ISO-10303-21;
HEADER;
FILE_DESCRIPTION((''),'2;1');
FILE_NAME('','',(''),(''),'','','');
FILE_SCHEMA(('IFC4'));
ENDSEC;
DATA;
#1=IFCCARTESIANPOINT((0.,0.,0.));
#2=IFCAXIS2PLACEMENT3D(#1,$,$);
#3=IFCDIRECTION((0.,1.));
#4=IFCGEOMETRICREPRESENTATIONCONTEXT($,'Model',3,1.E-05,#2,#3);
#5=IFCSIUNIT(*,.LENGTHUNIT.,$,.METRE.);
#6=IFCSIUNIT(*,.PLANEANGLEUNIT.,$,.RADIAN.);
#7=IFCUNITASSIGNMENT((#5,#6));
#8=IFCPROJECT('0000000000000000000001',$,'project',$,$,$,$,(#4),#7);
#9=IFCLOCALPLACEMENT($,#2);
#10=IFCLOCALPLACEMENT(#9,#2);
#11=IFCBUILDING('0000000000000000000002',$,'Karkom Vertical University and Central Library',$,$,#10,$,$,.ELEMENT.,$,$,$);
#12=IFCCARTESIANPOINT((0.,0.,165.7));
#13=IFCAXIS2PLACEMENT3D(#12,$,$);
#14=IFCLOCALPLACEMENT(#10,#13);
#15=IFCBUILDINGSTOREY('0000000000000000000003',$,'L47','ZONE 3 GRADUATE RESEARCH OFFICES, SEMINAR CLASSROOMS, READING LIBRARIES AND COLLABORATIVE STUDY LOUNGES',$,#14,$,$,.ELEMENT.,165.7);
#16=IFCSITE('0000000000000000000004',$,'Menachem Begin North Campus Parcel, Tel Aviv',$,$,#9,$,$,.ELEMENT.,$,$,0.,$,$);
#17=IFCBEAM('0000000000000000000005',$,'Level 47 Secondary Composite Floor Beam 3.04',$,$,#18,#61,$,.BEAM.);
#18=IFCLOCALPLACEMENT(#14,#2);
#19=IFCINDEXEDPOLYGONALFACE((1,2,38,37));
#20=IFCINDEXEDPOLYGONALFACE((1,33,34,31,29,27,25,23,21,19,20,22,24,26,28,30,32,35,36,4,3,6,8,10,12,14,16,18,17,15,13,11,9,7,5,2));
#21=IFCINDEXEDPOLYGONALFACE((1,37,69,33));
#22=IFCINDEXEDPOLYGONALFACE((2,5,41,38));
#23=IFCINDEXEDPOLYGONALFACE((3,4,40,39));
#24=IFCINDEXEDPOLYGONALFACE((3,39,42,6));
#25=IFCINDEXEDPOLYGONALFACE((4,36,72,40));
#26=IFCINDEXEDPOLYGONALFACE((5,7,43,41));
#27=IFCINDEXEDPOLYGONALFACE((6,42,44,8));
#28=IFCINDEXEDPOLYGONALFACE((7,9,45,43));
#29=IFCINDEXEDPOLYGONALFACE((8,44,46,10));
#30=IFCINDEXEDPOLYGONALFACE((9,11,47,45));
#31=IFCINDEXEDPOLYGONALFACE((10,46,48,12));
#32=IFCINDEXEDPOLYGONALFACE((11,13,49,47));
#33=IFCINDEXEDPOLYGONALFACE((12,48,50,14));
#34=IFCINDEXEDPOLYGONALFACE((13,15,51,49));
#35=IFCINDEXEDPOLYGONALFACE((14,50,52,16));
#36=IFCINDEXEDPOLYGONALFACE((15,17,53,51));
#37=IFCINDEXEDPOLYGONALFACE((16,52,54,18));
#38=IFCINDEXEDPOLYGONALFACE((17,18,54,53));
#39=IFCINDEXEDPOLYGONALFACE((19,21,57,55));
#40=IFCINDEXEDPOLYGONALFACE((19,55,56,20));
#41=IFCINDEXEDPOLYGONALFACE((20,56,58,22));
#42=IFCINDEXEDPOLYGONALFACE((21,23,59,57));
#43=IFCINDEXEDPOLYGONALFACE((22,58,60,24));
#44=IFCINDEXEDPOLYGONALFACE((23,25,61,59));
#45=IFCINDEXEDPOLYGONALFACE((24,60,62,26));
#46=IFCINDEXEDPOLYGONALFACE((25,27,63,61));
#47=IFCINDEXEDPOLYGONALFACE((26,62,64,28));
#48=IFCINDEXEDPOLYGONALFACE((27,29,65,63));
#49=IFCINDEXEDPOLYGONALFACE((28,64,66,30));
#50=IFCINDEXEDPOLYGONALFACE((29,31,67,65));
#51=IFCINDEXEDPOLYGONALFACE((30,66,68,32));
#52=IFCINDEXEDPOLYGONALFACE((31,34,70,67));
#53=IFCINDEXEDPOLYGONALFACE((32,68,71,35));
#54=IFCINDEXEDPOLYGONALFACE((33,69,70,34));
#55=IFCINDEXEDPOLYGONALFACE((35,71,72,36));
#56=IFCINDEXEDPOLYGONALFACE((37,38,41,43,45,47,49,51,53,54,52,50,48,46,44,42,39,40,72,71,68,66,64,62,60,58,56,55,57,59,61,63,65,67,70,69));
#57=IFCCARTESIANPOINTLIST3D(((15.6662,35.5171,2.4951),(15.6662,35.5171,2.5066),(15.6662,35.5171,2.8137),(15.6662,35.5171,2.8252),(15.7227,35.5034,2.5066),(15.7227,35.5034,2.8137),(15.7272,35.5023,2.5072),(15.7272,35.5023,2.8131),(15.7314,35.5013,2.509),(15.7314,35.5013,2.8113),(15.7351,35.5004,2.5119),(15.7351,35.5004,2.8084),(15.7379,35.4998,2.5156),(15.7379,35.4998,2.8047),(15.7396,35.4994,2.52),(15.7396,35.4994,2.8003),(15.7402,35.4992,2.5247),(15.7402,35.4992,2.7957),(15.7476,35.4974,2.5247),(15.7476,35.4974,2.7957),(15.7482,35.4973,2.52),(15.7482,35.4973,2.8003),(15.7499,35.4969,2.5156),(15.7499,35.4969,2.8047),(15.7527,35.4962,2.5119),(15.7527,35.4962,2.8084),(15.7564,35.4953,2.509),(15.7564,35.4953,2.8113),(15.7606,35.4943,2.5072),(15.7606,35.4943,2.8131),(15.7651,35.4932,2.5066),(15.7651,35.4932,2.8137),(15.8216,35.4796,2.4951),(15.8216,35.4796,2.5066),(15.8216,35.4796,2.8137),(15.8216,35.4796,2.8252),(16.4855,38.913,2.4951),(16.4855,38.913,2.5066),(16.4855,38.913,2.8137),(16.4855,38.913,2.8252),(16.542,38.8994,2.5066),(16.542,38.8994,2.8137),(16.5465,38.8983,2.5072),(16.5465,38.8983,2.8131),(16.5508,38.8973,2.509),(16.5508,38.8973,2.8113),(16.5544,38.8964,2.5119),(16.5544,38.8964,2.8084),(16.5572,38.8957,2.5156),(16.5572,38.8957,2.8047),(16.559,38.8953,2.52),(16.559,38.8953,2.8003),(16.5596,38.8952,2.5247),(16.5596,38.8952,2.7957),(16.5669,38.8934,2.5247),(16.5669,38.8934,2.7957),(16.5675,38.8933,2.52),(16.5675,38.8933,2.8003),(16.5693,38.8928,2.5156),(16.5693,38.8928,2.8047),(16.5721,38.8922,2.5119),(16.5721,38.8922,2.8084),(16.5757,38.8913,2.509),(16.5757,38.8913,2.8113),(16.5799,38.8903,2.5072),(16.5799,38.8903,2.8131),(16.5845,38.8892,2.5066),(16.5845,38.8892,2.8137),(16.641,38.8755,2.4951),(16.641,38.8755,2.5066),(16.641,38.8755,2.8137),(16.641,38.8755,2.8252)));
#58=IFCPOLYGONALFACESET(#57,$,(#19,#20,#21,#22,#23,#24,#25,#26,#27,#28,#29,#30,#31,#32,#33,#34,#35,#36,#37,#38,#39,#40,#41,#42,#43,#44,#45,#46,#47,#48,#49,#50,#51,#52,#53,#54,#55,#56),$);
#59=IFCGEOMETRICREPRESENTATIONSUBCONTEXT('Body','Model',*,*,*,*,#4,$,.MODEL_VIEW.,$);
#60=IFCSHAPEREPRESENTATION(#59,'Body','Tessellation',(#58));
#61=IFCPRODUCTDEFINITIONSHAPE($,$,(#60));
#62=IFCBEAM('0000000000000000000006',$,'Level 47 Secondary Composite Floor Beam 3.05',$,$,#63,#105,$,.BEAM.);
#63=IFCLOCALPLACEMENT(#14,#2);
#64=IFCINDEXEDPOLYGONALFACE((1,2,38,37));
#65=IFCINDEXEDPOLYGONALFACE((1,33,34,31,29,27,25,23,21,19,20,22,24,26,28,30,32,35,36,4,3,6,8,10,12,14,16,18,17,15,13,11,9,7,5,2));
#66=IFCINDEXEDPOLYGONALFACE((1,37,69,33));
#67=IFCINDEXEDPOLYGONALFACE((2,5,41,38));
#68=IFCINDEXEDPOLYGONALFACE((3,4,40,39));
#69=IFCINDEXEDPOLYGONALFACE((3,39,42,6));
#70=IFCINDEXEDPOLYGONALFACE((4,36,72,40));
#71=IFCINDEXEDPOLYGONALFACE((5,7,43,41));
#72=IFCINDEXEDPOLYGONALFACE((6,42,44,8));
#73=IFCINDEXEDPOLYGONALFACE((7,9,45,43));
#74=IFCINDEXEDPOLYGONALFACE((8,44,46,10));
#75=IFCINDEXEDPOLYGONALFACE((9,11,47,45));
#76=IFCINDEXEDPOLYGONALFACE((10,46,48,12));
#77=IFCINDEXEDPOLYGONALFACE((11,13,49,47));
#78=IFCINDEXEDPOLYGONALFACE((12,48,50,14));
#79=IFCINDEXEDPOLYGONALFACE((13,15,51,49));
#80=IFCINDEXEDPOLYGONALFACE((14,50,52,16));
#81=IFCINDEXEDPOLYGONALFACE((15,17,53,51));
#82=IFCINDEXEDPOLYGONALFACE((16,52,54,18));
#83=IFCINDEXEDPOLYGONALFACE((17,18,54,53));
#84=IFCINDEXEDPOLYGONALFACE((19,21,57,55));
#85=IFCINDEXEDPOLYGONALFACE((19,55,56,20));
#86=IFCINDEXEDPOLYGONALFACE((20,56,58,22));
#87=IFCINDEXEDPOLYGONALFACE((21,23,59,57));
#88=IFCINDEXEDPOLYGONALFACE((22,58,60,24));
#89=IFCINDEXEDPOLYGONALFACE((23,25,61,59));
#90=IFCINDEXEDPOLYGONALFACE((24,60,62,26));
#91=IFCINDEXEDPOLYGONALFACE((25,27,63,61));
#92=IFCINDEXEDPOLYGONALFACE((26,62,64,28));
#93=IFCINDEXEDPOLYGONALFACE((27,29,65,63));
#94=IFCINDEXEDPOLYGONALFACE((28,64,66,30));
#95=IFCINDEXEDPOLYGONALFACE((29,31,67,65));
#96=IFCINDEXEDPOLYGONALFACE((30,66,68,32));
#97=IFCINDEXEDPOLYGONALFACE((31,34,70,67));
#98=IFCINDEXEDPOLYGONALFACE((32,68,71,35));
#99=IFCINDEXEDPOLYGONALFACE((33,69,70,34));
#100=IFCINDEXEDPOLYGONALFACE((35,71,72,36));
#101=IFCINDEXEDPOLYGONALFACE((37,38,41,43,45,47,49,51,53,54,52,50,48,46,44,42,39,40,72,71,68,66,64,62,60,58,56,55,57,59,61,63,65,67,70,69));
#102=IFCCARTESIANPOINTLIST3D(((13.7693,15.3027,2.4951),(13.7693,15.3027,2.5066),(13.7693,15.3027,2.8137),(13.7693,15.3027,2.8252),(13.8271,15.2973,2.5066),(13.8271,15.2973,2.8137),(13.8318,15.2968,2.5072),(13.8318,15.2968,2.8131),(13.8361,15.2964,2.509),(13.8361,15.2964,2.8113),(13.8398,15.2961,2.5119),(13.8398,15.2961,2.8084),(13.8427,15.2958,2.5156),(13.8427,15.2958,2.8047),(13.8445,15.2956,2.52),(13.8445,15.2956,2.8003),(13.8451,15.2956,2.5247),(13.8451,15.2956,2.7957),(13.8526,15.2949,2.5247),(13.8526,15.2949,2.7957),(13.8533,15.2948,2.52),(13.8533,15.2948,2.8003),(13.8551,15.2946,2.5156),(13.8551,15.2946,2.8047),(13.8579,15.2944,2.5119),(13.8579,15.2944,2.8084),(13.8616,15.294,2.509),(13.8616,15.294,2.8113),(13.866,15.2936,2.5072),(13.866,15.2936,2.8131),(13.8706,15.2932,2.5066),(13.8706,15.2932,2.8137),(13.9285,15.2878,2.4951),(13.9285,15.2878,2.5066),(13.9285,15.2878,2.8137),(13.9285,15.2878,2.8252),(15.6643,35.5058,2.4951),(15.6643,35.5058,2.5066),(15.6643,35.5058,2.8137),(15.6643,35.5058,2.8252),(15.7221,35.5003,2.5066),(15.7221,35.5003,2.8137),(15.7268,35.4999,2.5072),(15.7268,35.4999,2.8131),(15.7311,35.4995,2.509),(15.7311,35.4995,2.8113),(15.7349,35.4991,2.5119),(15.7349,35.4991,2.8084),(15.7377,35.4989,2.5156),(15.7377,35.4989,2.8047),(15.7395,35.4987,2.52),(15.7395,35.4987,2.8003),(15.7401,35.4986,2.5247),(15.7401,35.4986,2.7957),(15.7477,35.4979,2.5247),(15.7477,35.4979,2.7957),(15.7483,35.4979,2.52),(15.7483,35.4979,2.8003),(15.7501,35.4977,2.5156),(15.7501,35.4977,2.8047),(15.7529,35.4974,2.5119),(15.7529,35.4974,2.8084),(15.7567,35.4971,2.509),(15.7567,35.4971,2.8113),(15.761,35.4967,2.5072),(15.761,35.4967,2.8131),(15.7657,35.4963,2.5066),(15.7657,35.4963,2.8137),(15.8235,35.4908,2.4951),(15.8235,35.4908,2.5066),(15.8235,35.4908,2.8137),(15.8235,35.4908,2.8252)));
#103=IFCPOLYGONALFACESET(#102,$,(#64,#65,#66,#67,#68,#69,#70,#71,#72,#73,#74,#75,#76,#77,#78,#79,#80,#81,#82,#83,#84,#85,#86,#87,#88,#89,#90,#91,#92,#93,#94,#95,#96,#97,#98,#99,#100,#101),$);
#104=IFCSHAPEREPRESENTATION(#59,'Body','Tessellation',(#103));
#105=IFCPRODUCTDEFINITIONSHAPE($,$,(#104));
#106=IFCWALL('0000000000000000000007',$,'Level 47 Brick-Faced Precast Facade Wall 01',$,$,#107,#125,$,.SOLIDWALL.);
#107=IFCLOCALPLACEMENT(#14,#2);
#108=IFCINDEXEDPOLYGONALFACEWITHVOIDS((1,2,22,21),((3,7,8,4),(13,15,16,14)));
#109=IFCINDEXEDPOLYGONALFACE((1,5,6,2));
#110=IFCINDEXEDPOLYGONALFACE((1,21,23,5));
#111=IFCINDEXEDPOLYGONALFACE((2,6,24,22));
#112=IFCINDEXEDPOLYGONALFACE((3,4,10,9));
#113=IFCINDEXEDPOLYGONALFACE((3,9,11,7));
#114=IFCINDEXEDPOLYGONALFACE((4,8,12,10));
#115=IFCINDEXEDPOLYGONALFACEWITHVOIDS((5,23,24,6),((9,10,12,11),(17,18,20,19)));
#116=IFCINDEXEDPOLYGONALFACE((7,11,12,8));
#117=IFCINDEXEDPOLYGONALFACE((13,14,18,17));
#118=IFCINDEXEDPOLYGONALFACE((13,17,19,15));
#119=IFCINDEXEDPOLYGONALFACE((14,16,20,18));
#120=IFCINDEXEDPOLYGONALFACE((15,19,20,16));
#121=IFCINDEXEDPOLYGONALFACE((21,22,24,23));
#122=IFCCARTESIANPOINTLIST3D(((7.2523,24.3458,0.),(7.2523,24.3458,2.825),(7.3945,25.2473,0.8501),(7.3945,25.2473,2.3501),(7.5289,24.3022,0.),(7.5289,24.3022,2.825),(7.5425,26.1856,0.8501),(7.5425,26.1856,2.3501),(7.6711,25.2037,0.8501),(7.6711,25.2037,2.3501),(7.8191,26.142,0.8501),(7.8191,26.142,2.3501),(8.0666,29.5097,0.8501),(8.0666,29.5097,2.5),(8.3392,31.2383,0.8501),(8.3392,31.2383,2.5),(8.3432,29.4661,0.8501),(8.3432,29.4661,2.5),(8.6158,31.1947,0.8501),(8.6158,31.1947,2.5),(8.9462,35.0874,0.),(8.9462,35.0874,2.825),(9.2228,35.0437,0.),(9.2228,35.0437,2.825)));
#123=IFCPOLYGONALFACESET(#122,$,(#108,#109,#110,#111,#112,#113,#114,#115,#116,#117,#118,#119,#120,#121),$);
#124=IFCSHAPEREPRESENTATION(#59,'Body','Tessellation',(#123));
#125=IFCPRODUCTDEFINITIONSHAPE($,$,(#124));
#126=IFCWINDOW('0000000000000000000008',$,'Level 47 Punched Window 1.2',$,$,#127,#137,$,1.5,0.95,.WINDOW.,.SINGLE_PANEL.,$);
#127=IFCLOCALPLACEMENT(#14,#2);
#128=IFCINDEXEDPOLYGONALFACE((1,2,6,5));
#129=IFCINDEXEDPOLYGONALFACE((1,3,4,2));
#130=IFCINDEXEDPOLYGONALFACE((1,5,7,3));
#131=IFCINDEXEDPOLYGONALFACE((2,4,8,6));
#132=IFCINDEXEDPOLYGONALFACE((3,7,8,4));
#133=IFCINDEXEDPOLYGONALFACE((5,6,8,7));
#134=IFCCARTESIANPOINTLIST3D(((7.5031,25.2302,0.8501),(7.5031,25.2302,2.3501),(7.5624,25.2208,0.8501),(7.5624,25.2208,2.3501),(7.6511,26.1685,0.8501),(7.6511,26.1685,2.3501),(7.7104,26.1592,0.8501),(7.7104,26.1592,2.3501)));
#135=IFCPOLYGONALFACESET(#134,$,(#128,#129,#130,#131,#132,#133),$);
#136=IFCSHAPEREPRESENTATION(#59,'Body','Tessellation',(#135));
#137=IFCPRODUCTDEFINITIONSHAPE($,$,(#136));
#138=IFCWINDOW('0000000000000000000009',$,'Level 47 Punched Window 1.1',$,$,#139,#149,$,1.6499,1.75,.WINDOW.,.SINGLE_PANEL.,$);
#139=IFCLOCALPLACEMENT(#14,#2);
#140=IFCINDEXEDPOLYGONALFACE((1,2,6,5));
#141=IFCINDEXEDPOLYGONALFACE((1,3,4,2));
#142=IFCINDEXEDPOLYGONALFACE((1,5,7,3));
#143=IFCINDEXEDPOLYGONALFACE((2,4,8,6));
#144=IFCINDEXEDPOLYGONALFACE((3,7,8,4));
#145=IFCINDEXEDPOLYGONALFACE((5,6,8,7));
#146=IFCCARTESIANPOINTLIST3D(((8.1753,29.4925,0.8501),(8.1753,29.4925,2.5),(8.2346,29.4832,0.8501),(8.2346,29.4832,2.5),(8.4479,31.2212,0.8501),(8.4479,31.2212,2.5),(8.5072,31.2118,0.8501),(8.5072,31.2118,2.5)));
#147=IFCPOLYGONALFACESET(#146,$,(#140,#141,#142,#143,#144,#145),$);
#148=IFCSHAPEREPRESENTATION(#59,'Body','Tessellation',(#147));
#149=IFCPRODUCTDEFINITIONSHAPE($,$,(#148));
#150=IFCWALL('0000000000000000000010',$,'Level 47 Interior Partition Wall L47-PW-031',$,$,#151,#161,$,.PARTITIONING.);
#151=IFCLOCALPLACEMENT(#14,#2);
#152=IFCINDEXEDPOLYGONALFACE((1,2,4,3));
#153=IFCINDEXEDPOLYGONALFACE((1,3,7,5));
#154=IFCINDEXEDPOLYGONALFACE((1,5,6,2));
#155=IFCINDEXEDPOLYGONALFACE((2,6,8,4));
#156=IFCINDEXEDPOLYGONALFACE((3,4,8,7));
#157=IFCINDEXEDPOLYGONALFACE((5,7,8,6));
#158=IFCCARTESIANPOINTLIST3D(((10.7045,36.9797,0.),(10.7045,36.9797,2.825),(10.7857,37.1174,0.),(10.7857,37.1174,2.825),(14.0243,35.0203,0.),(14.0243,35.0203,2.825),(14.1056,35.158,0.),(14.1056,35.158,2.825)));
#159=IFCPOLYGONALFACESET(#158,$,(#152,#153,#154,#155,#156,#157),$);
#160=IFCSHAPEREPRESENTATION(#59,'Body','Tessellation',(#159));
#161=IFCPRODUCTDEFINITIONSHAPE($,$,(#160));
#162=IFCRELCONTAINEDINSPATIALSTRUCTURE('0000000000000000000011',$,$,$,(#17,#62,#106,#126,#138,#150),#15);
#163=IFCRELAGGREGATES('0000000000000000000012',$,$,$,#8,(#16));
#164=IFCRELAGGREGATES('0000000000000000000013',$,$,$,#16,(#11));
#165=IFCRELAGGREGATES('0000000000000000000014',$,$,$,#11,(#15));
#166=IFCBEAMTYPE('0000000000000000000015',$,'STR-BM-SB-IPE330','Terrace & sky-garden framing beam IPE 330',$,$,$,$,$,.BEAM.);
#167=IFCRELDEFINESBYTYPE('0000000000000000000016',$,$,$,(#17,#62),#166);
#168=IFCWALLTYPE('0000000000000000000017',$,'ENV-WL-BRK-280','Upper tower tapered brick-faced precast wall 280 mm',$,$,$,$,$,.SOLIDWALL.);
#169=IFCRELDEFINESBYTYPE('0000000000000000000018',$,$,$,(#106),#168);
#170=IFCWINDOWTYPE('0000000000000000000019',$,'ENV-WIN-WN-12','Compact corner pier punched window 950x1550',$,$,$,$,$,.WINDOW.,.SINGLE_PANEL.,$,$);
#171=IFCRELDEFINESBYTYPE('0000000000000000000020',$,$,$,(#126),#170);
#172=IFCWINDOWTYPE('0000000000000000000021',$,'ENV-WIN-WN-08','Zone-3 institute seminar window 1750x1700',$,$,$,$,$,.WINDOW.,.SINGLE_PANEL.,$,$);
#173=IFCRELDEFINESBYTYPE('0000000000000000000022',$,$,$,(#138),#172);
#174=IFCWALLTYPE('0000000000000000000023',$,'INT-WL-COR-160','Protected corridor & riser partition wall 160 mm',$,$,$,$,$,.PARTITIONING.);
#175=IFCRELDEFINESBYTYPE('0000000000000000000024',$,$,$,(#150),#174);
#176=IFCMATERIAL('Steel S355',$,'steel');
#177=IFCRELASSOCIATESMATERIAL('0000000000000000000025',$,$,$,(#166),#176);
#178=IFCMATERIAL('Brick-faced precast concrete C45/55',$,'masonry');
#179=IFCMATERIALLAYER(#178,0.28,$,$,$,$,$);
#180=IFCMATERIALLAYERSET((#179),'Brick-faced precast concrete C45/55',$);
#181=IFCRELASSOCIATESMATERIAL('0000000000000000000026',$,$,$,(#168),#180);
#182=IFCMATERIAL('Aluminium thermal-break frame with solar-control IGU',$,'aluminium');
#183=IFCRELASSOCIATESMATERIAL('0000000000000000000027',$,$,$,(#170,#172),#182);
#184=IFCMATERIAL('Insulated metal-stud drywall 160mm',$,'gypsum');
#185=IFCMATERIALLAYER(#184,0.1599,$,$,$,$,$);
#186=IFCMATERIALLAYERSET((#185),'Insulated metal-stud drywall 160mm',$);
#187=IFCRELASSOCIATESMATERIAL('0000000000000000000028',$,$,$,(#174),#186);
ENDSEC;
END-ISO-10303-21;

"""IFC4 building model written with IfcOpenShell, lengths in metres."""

from ifc_helpers import new_model, si_unit, direction, frame, frame_2d, origin, origin_with_axes, origin_2d, place, context, subcontext, project, spatial, rectangle, i_section, extrude, source, transform, mapped, material, layer, layer_set, material_profile, profile_set, type_object, element, fill, save


model = new_model("IFC4")

# Units and contexts
model_context = context("Model", 3, precision=1e-05, world=origin(), true_north=direction((0.0, 1.0)))
body_context = subcontext(model_context, "Body", "Model", "MODEL_VIEW")
ifc_project = project(units=[si_unit("LENGTHUNIT", "METRE"), si_unit("PLANEANGLEUNIT", "RADIAN")], contexts=[model_context])

# Site, building, storey
site_placement = place(None, origin())
site = spatial("IfcSite", under=ifc_project, at=site_placement, Name="Menachem Begin North Campus Parcel, Tel Aviv", CompositionType="ELEMENT", RefElevation=0.0)
building_placement = place(site_placement, origin())
building = spatial("IfcBuilding", under=site, at=building_placement, Name="Karkom Vertical University and Central Library", CompositionType="ELEMENT")
storey_placement = place(building_placement, frame((0.0, 0.0, 165.7)))
storey = spatial("IfcBuildingStorey", under=building, at=storey_placement, Name="L47", Description="ZONE 3 GRADUATE RESEARCH OFFICES, SEMINAR CLASSROOMS, READING LIBRARIES AND COLLABORATIVE STUDY LOUNGES", CompositionType="ELEMENT", Elevation=165.7)

# Beams
ifc_material_1 = material(Name="Steel S355", Category="steel")
ifc_material_profile_1 = material_profile(ifc_material_1, i_section(OverallWidth=0.1599, OverallDepth=0.3301, WebThickness=0.0076, FlangeThickness=0.0115, FilletRadius=0.0181, at=origin_2d()), Name="IPE 330")
ifc_profile_set_1 = profile_set([ifc_material_profile_1], Name="Steel S355")
beam_type_1 = type_object("IfcBeamType", Name="STR-BM-SB-IPE330", Description="Terrace & sky-garden framing beam IPE 330", PredefinedType="BEAM", material=ifc_profile_set_1)
shared_shape_1 = source(origin_with_axes(), body_context, "Body", "SweptSolid", [
    extrude(i_section(OverallWidth=0.1599, OverallDepth=0.3301, WebThickness=0.0076, FlangeThickness=0.0115, FilletRadius=0.0181, at=origin_2d()), origin(), (0.0, 0.0, 1.0), 3.4934),
])
beam_1_placement = place(storey_placement, frame((16.5632, 38.8943, 2.6602), z_axis=(-0.234536, -0.972107, 0.0), x_axis=(0.972107, -0.234536, 0.0)))
element("IfcBeam", 1, at=beam_1_placement, inside=storey, type_object=beam_type_1, Name="Level 47 Secondary Composite Floor Beam 3.04", PredefinedType="BEAM", context=body_context, shape_type="MappedRepresentation", body=[
    mapped(shared_shape_1, transform((0.0, 0.0, 0.0), scale=1.0)),
])
shared_shape_2 = source(origin_with_axes(), body_context, "Body", "SweptSolid", [
    extrude(i_section(OverallWidth=0.1599, OverallDepth=0.3301, WebThickness=0.0076, FlangeThickness=0.0115, FilletRadius=0.0181, at=origin_2d()), origin(), (0.0, 0.0, 1.0), 20.2917),
])
beam_2_placement = place(storey_placement, frame((15.7439, 35.4983, 2.6602), z_axis=(-0.093388, -0.99563, 0.0), x_axis=(0.99563, -0.093388, 0.0)))
element("IfcBeam", 2, at=beam_2_placement, inside=storey, type_object=beam_type_1, Name="Level 47 Secondary Composite Floor Beam 3.05", PredefinedType="BEAM", context=body_context, shape_type="MappedRepresentation", body=[
    mapped(shared_shape_2, transform((0.0, 0.0, 0.0), scale=1.0)),
])

# Wall, openings, windows
ifc_material_2 = material(Name="Brick-faced precast concrete C45/55", Category="masonry")
ifc_layer_1 = layer(ifc_material_2, 0.28)
ifc_layer_set_1 = layer_set([ifc_layer_1], Name="Brick-faced precast concrete C45/55")
wall_type_1 = type_object("IfcWallType", Name="ENV-WL-BRK-280", Description="Upper tower tapered brick-faced precast wall 280 mm", PredefinedType="SOLIDWALL", material=ifc_layer_set_1)
wall_1_placement = place(storey_placement, frame((9.0845, 35.0654, 0.0), z_axis=(0.0, 0.0, 1.0), x_axis=(-0.155768, -0.987794, 0.0)))
wall_1 = element("IfcWall", 3, at=wall_1_placement, inside=storey, type_object=wall_type_1, Name="Level 47 Brick-Faced Precast Facade Wall 01", PredefinedType="SOLIDWALL", context=body_context, shape_type="SweptSolid", body=[
    extrude(rectangle(XDim=10.8743, YDim=0.28, at=frame_2d((5.437, 0.0))), origin(), (0.0, 0.0, 1.0), 2.825),
])
opening_1_placement = place(wall_1_placement, frame((3.8965, 0.0, 0.8501)))
opening_1 = element("IfcOpeningElement", 4, at=opening_1_placement, cuts=wall_1, PredefinedType="OPENING", context=body_context, shape_type="SweptSolid", body=[
    extrude(rectangle(XDim=1.75, YDim=1.6499, at=frame_2d((0.875, 0.825))), frame((0.0, 0.1499, 0.0), z_axis=(0.0, -1.0, 0.0), x_axis=(1.0, 0.0, 0.0)), (0.0, 0.0, 1.0), 0.3),
])
opening_2_placement = place(wall_1_placement, frame((9.0115, 0.0, 0.8501)))
opening_2 = element("IfcOpeningElement", 5, at=opening_2_placement, cuts=wall_1, PredefinedType="OPENING", context=body_context, shape_type="SweptSolid", body=[
    extrude(rectangle(XDim=0.95, YDim=1.5, at=frame_2d((0.4751, 0.75))), frame((0.0, 0.1499, 0.0), z_axis=(0.0, -1.0, 0.0), x_axis=(1.0, 0.0, 0.0)), (0.0, 0.0, 1.0), 0.3),
])
ifc_material_3 = material(Name="Aluminium thermal-break frame with solar-control IGU", Category="aluminium")
window_type_1 = type_object("IfcWindowType", Name="ENV-WIN-WN-12", Description="Compact corner pier punched window 950x1550", PartitioningType="SINGLE_PANEL", PredefinedType="WINDOW", material=ifc_material_3)
shared_shape_3 = source(origin_with_axes(), body_context, "Body", "SweptSolid", [
    extrude(rectangle(XDim=0.95, YDim=1.5, at=frame_2d((0.4751, 0.75))), frame((0.0, 0.03, 0.0), z_axis=(0.0, -1.0, 0.0), x_axis=(1.0, 0.0, 0.0)), (0.0, 0.0, 1.0), 0.0601),
])
window_1_placement = place(opening_2_placement, origin())
window_1 = element("IfcWindow", 6, at=window_1_placement, inside=storey, type_object=window_type_1, Name="Level 47 Punched Window 1.2", OverallHeight=1.5, OverallWidth=0.95, PartitioningType="SINGLE_PANEL", PredefinedType="WINDOW", context=body_context, shape_type="MappedRepresentation", body=[
    mapped(shared_shape_3, transform((0.0, 0.0, 0.0), scale=1.0)),
])
fill(opening_2, window_1)
window_type_2 = type_object("IfcWindowType", Name="ENV-WIN-WN-08", Description="Zone-3 institute seminar window 1750x1700", PartitioningType="SINGLE_PANEL", PredefinedType="WINDOW", material=ifc_material_3)
shared_shape_4 = source(origin_with_axes(), body_context, "Body", "SweptSolid", [
    extrude(rectangle(XDim=1.75, YDim=1.6499, at=frame_2d((0.875, 0.825))), frame((0.0, 0.03, 0.0), z_axis=(0.0, -1.0, 0.0), x_axis=(1.0, 0.0, 0.0)), (0.0, 0.0, 1.0), 0.0601),
])
window_2_placement = place(opening_1_placement, origin())
window_2 = element("IfcWindow", 7, at=window_2_placement, inside=storey, type_object=window_type_2, Name="Level 47 Punched Window 1.1", OverallHeight=1.6499, OverallWidth=1.75, PartitioningType="SINGLE_PANEL", PredefinedType="WINDOW", context=body_context, shape_type="MappedRepresentation", body=[
    mapped(shared_shape_4, transform((0.0, 0.0, 0.0), scale=1.0)),
])
fill(opening_1, window_2)

# Shared definitions
ifc_material_4 = material(Name="Insulated metal-stud drywall 160mm", Category="gypsum")
ifc_layer_2 = layer(ifc_material_4, 0.1599)
ifc_layer_set_2 = layer_set([ifc_layer_2], Name="Insulated metal-stud drywall 160mm")
wall_type_2 = type_object("IfcWallType", Name="INT-WL-COR-160", Description="Protected corridor & riser partition wall 160 mm", PredefinedType="PARTITIONING", material=ifc_layer_set_2)

# Wall
wall_2_placement = place(storey_placement, frame((14.0649, 35.0891, 0.0), z_axis=(0.0, 0.0, 1.0), x_axis=(-0.861181, 0.508298, 0.0)))
element("IfcWall", 8, at=wall_2_placement, inside=storey, type_object=wall_type_2, Name="Level 47 Interior Partition Wall L47-PW-031", PredefinedType="PARTITIONING", context=body_context, shape_type="SweptSolid", body=[
    extrude(rectangle(XDim=3.855, YDim=0.1599, at=frame_2d((1.9275, 0.0))), origin(), (0.0, 0.0, 1.0), 2.825),
])

save(model, "model.ifc")
